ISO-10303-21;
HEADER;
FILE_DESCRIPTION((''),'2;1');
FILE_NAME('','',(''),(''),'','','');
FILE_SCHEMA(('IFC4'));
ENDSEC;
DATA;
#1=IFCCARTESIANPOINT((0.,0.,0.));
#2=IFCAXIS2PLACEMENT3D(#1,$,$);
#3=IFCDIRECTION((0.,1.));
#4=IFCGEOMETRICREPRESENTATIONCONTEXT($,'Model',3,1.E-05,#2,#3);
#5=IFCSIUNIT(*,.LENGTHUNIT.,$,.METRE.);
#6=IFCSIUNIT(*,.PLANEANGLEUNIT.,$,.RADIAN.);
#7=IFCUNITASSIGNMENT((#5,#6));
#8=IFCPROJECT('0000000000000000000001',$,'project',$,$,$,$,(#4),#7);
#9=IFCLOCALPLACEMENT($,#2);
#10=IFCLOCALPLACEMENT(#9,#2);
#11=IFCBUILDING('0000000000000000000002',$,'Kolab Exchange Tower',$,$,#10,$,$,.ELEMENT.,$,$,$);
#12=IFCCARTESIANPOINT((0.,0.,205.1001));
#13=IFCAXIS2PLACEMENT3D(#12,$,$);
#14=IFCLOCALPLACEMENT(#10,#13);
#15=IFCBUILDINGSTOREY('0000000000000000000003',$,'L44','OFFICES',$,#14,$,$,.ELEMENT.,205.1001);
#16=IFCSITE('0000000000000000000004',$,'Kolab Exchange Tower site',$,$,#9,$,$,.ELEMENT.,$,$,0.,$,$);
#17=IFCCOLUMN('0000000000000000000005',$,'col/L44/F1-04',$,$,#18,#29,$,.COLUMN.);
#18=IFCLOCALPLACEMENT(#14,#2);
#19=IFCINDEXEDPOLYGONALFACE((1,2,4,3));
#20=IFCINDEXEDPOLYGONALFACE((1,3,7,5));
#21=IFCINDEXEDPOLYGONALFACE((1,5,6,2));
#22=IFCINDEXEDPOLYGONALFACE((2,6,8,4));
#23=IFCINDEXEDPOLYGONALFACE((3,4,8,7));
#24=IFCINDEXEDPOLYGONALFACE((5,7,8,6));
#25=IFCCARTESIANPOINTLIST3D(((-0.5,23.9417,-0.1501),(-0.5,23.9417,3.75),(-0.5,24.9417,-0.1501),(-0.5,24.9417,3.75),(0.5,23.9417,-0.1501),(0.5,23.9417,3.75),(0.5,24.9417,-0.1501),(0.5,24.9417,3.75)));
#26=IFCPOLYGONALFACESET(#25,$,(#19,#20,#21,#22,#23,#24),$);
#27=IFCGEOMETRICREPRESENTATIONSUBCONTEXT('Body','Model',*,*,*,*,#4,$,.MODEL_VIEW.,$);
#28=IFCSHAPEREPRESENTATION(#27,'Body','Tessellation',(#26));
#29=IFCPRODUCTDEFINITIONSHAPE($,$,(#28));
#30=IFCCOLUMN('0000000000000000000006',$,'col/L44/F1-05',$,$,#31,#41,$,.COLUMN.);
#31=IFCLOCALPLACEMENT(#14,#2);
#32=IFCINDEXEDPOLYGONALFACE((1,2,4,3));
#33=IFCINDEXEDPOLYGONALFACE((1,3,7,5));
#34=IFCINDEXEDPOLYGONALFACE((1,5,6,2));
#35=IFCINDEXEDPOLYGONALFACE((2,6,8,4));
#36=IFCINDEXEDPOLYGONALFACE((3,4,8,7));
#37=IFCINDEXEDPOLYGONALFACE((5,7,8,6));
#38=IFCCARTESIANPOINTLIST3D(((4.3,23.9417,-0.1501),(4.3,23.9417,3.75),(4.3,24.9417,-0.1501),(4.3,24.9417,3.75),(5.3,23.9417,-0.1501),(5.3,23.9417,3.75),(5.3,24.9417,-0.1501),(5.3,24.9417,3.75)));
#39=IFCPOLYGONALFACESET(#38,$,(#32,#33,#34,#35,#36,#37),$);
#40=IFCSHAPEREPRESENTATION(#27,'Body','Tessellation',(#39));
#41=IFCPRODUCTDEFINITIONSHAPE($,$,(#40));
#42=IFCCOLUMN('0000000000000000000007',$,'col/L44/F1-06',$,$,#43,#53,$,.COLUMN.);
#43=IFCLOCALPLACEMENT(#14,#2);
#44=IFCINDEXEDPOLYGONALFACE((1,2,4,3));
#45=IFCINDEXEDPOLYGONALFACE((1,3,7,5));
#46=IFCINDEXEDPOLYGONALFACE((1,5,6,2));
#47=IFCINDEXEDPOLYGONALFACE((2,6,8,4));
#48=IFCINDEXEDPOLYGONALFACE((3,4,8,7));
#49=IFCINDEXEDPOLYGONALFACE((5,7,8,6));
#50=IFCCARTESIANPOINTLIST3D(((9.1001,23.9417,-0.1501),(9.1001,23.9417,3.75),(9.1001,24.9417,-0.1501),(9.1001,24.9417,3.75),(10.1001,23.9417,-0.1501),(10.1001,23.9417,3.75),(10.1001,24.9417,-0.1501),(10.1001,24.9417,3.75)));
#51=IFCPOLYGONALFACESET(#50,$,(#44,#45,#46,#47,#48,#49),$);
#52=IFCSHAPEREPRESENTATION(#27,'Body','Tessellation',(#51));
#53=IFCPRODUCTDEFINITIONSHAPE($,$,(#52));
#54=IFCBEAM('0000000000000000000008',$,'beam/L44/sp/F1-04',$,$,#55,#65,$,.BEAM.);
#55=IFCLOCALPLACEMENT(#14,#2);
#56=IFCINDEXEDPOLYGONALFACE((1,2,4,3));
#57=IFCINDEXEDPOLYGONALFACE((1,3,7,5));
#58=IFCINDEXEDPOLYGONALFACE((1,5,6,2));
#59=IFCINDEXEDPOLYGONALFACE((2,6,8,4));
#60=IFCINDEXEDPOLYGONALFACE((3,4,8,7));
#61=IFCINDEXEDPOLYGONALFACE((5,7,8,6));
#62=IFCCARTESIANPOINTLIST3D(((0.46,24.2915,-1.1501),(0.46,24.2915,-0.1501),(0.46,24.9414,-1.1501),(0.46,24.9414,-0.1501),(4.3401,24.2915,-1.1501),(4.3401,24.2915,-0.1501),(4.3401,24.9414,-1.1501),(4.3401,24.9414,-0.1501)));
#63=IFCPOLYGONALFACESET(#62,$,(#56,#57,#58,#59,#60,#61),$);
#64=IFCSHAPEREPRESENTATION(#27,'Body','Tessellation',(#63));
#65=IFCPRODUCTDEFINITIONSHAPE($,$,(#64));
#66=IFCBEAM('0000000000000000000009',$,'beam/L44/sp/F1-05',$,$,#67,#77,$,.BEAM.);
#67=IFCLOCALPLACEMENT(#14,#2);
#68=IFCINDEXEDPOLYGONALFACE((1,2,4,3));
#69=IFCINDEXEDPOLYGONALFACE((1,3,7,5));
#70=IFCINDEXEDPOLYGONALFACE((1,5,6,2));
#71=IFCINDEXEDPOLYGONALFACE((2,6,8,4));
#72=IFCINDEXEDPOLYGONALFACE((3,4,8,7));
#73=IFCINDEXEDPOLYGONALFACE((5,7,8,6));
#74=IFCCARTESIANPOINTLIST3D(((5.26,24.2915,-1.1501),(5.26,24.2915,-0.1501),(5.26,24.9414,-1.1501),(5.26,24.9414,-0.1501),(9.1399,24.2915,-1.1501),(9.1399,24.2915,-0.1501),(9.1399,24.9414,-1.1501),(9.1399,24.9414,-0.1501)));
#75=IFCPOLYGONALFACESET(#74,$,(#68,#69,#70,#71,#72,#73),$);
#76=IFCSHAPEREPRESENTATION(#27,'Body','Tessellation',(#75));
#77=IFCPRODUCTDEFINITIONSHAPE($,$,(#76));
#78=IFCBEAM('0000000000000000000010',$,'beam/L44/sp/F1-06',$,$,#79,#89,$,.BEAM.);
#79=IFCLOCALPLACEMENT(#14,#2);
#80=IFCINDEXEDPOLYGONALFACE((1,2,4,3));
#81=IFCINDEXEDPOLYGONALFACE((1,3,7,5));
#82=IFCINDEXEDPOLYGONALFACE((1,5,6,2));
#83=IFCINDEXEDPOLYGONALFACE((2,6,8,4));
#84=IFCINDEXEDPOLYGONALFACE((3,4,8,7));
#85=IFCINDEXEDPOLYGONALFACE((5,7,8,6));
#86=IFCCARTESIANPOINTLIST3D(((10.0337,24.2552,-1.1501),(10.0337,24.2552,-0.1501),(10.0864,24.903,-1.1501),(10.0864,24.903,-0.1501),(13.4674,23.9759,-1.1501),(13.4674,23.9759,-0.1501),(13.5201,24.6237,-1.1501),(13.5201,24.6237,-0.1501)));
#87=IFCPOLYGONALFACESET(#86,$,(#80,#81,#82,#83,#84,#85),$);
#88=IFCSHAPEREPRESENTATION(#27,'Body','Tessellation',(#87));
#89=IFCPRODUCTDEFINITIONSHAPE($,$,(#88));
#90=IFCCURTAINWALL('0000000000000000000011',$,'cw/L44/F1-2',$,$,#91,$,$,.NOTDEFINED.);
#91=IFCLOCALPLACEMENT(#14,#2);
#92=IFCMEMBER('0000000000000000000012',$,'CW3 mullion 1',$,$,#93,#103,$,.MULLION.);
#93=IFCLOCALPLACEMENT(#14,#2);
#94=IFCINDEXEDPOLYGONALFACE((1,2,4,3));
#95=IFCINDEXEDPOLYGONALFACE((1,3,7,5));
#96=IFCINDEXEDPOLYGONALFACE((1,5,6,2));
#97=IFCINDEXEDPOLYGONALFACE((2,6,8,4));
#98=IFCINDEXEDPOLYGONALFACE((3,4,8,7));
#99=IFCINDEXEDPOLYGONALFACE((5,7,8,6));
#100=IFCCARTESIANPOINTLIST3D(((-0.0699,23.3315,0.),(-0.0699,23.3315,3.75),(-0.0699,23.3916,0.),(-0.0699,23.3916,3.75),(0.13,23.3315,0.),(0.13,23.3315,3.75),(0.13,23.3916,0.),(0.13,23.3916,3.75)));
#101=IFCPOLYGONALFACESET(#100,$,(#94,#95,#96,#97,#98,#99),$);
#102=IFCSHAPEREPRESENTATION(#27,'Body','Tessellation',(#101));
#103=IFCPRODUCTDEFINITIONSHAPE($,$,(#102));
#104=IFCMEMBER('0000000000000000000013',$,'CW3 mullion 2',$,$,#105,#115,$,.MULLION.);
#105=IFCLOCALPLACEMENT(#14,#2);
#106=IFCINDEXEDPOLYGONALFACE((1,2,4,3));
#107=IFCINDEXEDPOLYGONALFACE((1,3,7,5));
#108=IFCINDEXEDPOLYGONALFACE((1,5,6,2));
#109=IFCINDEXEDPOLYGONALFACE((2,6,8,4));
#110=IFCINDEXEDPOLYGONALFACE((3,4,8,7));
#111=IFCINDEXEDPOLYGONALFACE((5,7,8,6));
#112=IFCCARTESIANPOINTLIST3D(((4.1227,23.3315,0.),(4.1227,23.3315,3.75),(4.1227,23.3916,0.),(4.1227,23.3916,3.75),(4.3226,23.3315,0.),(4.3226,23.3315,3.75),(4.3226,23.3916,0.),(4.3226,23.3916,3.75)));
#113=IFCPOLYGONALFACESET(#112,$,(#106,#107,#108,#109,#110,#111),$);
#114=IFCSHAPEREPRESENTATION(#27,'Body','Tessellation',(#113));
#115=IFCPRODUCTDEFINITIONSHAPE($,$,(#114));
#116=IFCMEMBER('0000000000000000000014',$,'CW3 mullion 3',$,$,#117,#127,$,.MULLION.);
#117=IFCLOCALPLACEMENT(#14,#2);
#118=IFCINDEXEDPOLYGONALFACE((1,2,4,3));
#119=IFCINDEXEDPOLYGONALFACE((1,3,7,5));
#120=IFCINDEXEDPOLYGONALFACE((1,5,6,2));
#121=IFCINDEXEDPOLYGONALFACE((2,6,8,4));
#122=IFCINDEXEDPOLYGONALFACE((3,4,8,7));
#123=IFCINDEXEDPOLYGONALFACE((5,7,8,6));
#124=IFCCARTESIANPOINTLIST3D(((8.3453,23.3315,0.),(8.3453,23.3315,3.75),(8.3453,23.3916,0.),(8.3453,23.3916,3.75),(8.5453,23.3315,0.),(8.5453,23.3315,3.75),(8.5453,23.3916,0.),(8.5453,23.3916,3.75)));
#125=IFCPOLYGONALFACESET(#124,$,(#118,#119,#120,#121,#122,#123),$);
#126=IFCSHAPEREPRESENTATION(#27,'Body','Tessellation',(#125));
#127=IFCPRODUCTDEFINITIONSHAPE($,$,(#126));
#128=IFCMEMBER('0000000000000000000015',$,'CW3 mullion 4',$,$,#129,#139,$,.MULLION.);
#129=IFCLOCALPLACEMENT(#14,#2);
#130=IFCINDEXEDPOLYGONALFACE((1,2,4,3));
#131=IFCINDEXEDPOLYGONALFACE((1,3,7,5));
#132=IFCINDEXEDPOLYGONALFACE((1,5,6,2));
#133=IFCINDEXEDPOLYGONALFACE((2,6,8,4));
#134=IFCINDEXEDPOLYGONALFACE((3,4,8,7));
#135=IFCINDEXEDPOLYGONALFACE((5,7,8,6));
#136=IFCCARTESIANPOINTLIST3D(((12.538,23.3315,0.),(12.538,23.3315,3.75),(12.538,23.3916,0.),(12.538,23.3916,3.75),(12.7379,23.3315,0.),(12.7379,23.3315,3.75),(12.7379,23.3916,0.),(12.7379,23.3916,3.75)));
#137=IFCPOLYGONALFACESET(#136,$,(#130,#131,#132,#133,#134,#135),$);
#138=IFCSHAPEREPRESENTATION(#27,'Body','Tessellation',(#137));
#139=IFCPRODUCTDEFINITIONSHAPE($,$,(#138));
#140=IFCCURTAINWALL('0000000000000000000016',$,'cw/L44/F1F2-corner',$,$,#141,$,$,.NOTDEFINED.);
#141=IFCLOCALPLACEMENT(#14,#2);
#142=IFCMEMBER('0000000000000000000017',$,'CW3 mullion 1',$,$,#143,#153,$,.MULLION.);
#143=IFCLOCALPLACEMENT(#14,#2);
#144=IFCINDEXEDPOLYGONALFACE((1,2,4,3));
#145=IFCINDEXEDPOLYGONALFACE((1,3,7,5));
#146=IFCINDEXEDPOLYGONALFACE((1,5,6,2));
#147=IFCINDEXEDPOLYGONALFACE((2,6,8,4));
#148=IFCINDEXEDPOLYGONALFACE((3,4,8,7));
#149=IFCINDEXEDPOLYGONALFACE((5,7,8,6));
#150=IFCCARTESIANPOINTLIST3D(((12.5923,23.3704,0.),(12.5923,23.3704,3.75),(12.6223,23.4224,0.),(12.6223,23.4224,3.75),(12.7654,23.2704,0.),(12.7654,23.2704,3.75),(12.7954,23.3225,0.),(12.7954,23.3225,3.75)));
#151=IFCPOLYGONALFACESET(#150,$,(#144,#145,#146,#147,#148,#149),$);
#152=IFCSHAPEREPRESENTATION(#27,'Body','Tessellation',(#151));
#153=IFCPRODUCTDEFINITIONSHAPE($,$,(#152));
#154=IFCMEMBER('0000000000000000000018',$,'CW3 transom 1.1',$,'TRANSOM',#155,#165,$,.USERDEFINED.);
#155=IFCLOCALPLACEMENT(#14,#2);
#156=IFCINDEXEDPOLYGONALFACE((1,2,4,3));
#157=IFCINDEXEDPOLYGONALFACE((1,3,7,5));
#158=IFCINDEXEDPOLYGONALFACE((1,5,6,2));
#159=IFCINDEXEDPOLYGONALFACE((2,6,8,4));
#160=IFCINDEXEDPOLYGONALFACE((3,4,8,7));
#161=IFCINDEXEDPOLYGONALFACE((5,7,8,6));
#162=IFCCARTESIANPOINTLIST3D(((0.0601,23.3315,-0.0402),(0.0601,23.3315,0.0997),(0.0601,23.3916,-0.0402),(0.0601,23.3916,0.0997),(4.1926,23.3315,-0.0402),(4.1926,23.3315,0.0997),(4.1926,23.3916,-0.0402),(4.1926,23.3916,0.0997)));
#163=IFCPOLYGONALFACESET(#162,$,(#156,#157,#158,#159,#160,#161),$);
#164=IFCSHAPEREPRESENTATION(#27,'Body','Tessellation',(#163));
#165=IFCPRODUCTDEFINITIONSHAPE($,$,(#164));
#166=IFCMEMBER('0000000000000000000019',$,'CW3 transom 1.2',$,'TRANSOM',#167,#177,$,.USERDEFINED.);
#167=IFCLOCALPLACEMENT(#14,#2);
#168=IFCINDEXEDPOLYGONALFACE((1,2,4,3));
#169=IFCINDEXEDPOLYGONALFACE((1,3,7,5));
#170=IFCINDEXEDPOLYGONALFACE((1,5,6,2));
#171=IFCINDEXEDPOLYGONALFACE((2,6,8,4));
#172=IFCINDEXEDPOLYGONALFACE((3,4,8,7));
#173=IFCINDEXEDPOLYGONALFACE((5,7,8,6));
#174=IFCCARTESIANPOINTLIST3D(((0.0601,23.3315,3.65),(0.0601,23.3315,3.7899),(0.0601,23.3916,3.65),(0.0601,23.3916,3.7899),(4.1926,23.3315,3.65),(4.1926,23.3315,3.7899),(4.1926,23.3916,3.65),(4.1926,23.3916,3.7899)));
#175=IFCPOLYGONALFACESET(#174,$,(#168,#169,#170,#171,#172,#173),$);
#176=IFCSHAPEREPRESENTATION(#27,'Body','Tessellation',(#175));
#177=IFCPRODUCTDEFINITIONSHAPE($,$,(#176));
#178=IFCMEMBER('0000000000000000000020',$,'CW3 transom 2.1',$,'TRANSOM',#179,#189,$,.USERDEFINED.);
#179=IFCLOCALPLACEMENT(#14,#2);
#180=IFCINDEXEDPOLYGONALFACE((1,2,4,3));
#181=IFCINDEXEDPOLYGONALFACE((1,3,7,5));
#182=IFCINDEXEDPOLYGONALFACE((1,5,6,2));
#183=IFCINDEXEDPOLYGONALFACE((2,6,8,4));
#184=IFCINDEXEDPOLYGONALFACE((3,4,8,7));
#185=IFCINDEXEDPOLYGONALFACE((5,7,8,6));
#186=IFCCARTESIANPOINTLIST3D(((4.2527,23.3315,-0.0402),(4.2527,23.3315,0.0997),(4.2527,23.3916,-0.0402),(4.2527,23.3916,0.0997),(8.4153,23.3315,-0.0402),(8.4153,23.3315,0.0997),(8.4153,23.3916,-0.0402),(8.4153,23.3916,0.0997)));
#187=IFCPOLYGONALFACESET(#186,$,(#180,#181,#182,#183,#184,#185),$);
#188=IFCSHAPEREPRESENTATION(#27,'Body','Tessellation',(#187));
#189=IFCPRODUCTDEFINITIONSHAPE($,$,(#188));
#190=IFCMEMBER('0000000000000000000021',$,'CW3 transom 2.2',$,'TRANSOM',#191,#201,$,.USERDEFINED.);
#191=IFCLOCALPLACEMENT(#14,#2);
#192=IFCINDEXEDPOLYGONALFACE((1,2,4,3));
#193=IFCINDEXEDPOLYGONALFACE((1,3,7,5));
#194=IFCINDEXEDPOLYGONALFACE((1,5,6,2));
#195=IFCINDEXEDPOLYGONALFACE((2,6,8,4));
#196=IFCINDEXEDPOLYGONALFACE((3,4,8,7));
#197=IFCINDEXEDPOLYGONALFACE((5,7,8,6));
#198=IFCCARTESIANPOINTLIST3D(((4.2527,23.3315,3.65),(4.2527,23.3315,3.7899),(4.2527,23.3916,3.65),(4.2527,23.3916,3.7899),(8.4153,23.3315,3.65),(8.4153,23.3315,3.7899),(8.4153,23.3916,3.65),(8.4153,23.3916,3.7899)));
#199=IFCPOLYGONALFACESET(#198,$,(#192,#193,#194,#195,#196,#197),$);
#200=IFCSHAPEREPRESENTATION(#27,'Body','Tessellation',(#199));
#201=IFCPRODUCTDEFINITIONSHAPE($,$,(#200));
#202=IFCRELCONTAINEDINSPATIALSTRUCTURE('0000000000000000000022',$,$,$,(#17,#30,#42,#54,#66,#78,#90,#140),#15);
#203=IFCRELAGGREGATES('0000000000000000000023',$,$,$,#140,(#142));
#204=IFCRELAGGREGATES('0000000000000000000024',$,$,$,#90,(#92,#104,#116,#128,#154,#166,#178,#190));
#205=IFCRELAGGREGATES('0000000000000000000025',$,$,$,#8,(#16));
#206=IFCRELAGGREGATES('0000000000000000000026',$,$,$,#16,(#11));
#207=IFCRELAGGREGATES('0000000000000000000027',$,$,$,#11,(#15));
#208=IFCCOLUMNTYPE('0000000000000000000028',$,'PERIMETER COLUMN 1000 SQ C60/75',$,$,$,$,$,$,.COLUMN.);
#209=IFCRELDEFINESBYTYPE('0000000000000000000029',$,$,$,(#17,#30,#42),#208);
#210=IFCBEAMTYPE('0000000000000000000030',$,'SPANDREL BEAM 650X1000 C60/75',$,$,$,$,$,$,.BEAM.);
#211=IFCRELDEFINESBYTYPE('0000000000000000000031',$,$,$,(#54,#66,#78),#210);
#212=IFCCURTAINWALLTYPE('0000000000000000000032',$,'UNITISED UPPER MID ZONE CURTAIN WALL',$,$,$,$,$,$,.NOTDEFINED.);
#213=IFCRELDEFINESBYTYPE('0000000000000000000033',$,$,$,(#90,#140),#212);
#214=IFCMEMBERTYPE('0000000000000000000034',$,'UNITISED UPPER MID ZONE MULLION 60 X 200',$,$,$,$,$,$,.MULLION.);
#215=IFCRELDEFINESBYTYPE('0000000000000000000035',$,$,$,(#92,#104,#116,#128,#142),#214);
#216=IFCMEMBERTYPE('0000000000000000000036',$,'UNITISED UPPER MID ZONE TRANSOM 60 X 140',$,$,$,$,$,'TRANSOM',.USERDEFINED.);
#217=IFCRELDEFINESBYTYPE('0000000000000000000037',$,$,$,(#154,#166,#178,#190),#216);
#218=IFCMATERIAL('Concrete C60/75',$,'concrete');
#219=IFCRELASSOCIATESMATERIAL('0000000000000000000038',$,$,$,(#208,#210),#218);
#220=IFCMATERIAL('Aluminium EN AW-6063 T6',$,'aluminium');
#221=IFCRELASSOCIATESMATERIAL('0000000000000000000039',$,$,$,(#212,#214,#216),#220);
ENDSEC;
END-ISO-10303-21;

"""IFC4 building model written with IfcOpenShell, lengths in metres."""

from ifc_helpers import new_model, si_unit, direction, frame, origin, origin_2d, place, context, subcontext, project, spatial, rectangle, extrude, material, material_profile, profile_set, type_object, element, aggregate, save


model = new_model("IFC4")

# Units and contexts
model_context = context("Model", 3, precision=1e-05, world=origin(), true_north=direction((0.0, 1.0)))
body_context = subcontext(model_context, "Body", "Model", "MODEL_VIEW")
ifc_project = project(units=[si_unit("LENGTHUNIT", "METRE"), si_unit("PLANEANGLEUNIT", "RADIAN")], contexts=[model_context])

# Site, building, storey
site_placement = place(None, origin())
site = spatial("IfcSite", under=ifc_project, at=site_placement, Name="Kolab Exchange Tower site", CompositionType="ELEMENT", RefElevation=0.0)
building_placement = place(site_placement, origin())
building = spatial("IfcBuilding", under=site, at=building_placement, Name="Kolab Exchange Tower", CompositionType="ELEMENT")
storey_placement = place(building_placement, frame((0.0, 0.0, 205.1001)))
storey = spatial("IfcBuildingStorey", under=building, at=storey_placement, Name="L44", Description="OFFICES", CompositionType="ELEMENT", Elevation=205.1001)

# Columns
ifc_material_1 = material(Name="Concrete C60/75", Category="concrete")
ifc_material_profile_1 = material_profile(ifc_material_1, rectangle(XDim=1.0, YDim=1.0, at=origin_2d()), Name="RC1000")
ifc_profile_set_1 = profile_set([ifc_material_profile_1], Name="Concrete C60/75")
column_type = type_object("IfcColumnType", Name="PERIMETER COLUMN 1000 SQ C60/75", PredefinedType="COLUMN", material=ifc_profile_set_1)
for number, where, z_axis, x_axis, name in (
    (1, (0.0, 24.4417, -0.1501), (0.0, 0.0, 1.0), (1.0, 0.0, 0.0), "col/L44/F1-04"),
    (2, (4.8, 24.4417, -0.1501), (0.0, 0.0, 1.0), (1.0, 0.0, 0.0), "col/L44/F1-05"),
    (3, (9.6001, 24.4417, -0.1501), (0.0, 0.0, 1.0), (1.0, 0.0, 0.0), "col/L44/F1-06"),
):
    element("IfcColumn", number, at=place(storey_placement, frame(where, z_axis=z_axis, x_axis=x_axis)), inside=storey, type_object=column_type, Name=name, PredefinedType="COLUMN", context=body_context, shape_type="SweptSolid", body=[
        extrude(rectangle(XDim=1.0, YDim=1.0, at=origin_2d()), origin(), (0.0, 0.0, 1.0), 3.9001),
    ])

# Beams
ifc_material_profile_2 = material_profile(ifc_material_1, rectangle(XDim=0.6499, YDim=1.0, at=origin_2d()), Name="RC650X1000")
ifc_profile_set_2 = profile_set([ifc_material_profile_2], Name="Concrete C60/75")
beam_type = type_object("IfcBeamType", Name="SPANDREL BEAM 650X1000 C60/75", PredefinedType="BEAM", material=ifc_profile_set_2)
beam_1_placement = place(storey_placement, frame((0.46, 24.6165, -0.6501), z_axis=(1.0, 0.0, 0.0), x_axis=(0.0, 1.0, 0.0)))
element("IfcBeam", 4, at=beam_1_placement, inside=storey, type_object=beam_type, Name="beam/L44/sp/F1-04", PredefinedType="BEAM", context=body_context, shape_type="SweptSolid", body=[
    extrude(rectangle(XDim=0.6499, YDim=1.0, at=origin_2d()), origin(), (0.0, 0.0, 1.0), 3.8801),
])
beam_2_placement = place(storey_placement, frame((5.26, 24.6165, -0.6501), z_axis=(1.0, 0.0, 0.0), x_axis=(0.0, 1.0, 0.0)))
element("IfcBeam", 5, at=beam_2_placement, inside=storey, type_object=beam_type, Name="beam/L44/sp/F1-05", PredefinedType="BEAM", context=body_context, shape_type="SweptSolid", body=[
    extrude(rectangle(XDim=0.6499, YDim=1.0, at=origin_2d()), origin(), (0.0, 0.0, 1.0), 3.8799),
])
beam_3_placement = place(storey_placement, frame((10.0601, 24.5791, -0.6501), z_axis=(0.996708, -0.081069, 0.0), x_axis=(0.081069, 0.996708, 0.0)))
element("IfcBeam", 6, at=beam_3_placement, inside=storey, type_object=beam_type, Name="beam/L44/sp/F1-06", PredefinedType="BEAM", context=body_context, shape_type="SweptSolid", body=[
    extrude(rectangle(XDim=0.6499, YDim=1.0, at=origin_2d()), origin(), (0.0, 0.0, 1.0), 3.4451),
])

# Curtain wall, members
ifc_material_2 = material(Name="Aluminium EN AW-6063 T6", Category="aluminium")
curtain_wall_type = type_object("IfcCurtainWallType", Name="UNITISED UPPER MID ZONE CURTAIN WALL", PredefinedType="NOTDEFINED", material=ifc_material_2)
curtain_wall_1_placement = place(storey_placement, origin())
curtain_wall_1 = element("IfcCurtainWall", 7, at=curtain_wall_1_placement, inside=storey, type_object=curtain_wall_type, Name="cw/L44/F1-2", PredefinedType="NOTDEFINED")
ifc_material_profile_3 = material_profile(ifc_material_2, rectangle(XDim=0.0601, YDim=0.2, at=origin_2d()), Name="RECT 60X200")
ifc_profile_set_3 = profile_set([ifc_material_profile_3], Name="Aluminium EN AW-6063 T6")
member_type_1 = type_object("IfcMemberType", Name="UNITISED UPPER MID ZONE MULLION 60 X 200", PredefinedType="MULLION", material=ifc_profile_set_3)
member_1_placement = place(storey_placement, frame((0.03, 23.3616, 0.0), z_axis=(0.0, 0.0, 1.0), x_axis=(0.0, 1.0, 0.0)))
member_1 = element("IfcMember", 8, at=member_1_placement, type_object=member_type_1, Name="CW3 mullion 1", PredefinedType="MULLION", context=body_context, shape_type="SweptSolid", body=[
    extrude(rectangle(XDim=0.0601, YDim=0.2, at=origin_2d()), origin(), (0.0, 0.0, 1.0), 3.75),
])
member_2_placement = place(storey_placement, frame((4.2227, 23.3616, 0.0), z_axis=(0.0, 0.0, 1.0), x_axis=(0.0, 1.0, 0.0)))
member_2 = element("IfcMember", 9, at=member_2_placement, type_object=member_type_1, Name="CW3 mullion 2", PredefinedType="MULLION", context=body_context, shape_type="SweptSolid", body=[
    extrude(rectangle(XDim=0.0601, YDim=0.2, at=origin_2d()), origin(), (0.0, 0.0, 1.0), 3.75),
])
member_3_placement = place(storey_placement, frame((8.4453, 23.3616, 0.0), z_axis=(0.0, 0.0, 1.0), x_axis=(0.0, 1.0, 0.0)))
member_3 = element("IfcMember", 10, at=member_3_placement, type_object=member_type_1, Name="CW3 mullion 3", PredefinedType="MULLION", context=body_context, shape_type="SweptSolid", body=[
    extrude(rectangle(XDim=0.0601, YDim=0.2, at=origin_2d()), origin(), (0.0, 0.0, 1.0), 3.75),
])
member_4_placement = place(storey_placement, frame((12.6379, 23.3616, 0.0), z_axis=(0.0, 0.0, 1.0), x_axis=(0.0, 1.0, 0.0)))
member_4 = element("IfcMember", 11, at=member_4_placement, type_object=member_type_1, Name="CW3 mullion 4", PredefinedType="MULLION", context=body_context, shape_type="SweptSolid", body=[
    extrude(rectangle(XDim=0.0601, YDim=0.2, at=origin_2d()), origin(), (0.0, 0.0, 1.0), 3.75),
])

# Curtain wall, member
curtain_wall_2_placement = place(storey_placement, origin())
curtain_wall_2 = element("IfcCurtainWall", 12, at=curtain_wall_2_placement, inside=storey, type_object=curtain_wall_type, Name="cw/L44/F1F2-corner", PredefinedType="NOTDEFINED")
member_5_placement = place(storey_placement, frame((12.6938, 23.3464, 0.0), z_axis=(0.0, 0.0, 1.0), x_axis=(0.5, 0.866025, 0.0)))
member_5 = element("IfcMember", 13, at=member_5_placement, type_object=member_type_1, Name="CW3 mullion 1", PredefinedType="MULLION", context=body_context, shape_type="SweptSolid", body=[
    extrude(rectangle(XDim=0.0601, YDim=0.2, at=origin_2d()), origin(), (0.0, 0.0, 1.0), 3.75),
])

# Members
ifc_material_profile_4 = material_profile(ifc_material_2, rectangle(XDim=0.0601, YDim=0.1399, at=origin_2d()), Name="RECT 60X140")
ifc_profile_set_4 = profile_set([ifc_material_profile_4], Name="Aluminium EN AW-6063 T6")
member_type_2 = type_object("IfcMemberType", Name="UNITISED UPPER MID ZONE TRANSOM 60 X 140", ElementType="TRANSOM", PredefinedType="USERDEFINED", material=ifc_profile_set_4)
member_6_placement = place(storey_placement, frame((0.0601, 23.3616, 0.0298), z_axis=(1.0, 0.0, 0.0), x_axis=(0.0, 1.0, 0.0)))
member_6 = element("IfcMember", 14, at=member_6_placement, type_object=member_type_2, Name="CW3 transom 1.1", ObjectType="TRANSOM", PredefinedType="USERDEFINED", context=body_context, shape_type="SweptSolid", body=[
    extrude(rectangle(XDim=0.0601, YDim=0.1399, at=origin_2d()), origin(), (0.0, 0.0, 1.0), 4.1326),
])
member_7_placement = place(storey_placement, frame((0.0601, 23.3616, 3.72), z_axis=(1.0, 0.0, 0.0), x_axis=(0.0, 1.0, 0.0)))
member_7 = element("IfcMember", 15, at=member_7_placement, type_object=member_type_2, Name="CW3 transom 1.2", ObjectType="TRANSOM", PredefinedType="USERDEFINED", context=body_context, shape_type="SweptSolid", body=[
    extrude(rectangle(XDim=0.0601, YDim=0.1399, at=origin_2d()), origin(), (0.0, 0.0, 1.0), 4.1326),
])
member_8_placement = place(storey_placement, frame((4.2527, 23.3616, 0.0298), z_axis=(1.0, 0.0, 0.0), x_axis=(0.0, 1.0, 0.0)))
member_8 = element("IfcMember", 16, at=member_8_placement, type_object=member_type_2, Name="CW3 transom 2.1", ObjectType="TRANSOM", PredefinedType="USERDEFINED", context=body_context, shape_type="SweptSolid", body=[
    extrude(rectangle(XDim=0.0601, YDim=0.1399, at=origin_2d()), origin(), (0.0, 0.0, 1.0), 4.1626),
])
member_9_placement = place(storey_placement, frame((4.2527, 23.3616, 3.72), z_axis=(1.0, 0.0, 0.0), x_axis=(0.0, 1.0, 0.0)))
member_9 = element("IfcMember", 17, at=member_9_placement, type_object=member_type_2, Name="CW3 transom 2.2", ObjectType="TRANSOM", PredefinedType="USERDEFINED", context=body_context, shape_type="SweptSolid", body=[
    extrude(rectangle(XDim=0.0601, YDim=0.1399, at=origin_2d()), origin(), (0.0, 0.0, 1.0), 4.1626),
])
aggregate(curtain_wall_2, [member_5])

aggregate(curtain_wall_1, [member_1, member_2, member_3, member_4, member_6, member_7, member_8, member_9])

save(model, "model.ifc")
